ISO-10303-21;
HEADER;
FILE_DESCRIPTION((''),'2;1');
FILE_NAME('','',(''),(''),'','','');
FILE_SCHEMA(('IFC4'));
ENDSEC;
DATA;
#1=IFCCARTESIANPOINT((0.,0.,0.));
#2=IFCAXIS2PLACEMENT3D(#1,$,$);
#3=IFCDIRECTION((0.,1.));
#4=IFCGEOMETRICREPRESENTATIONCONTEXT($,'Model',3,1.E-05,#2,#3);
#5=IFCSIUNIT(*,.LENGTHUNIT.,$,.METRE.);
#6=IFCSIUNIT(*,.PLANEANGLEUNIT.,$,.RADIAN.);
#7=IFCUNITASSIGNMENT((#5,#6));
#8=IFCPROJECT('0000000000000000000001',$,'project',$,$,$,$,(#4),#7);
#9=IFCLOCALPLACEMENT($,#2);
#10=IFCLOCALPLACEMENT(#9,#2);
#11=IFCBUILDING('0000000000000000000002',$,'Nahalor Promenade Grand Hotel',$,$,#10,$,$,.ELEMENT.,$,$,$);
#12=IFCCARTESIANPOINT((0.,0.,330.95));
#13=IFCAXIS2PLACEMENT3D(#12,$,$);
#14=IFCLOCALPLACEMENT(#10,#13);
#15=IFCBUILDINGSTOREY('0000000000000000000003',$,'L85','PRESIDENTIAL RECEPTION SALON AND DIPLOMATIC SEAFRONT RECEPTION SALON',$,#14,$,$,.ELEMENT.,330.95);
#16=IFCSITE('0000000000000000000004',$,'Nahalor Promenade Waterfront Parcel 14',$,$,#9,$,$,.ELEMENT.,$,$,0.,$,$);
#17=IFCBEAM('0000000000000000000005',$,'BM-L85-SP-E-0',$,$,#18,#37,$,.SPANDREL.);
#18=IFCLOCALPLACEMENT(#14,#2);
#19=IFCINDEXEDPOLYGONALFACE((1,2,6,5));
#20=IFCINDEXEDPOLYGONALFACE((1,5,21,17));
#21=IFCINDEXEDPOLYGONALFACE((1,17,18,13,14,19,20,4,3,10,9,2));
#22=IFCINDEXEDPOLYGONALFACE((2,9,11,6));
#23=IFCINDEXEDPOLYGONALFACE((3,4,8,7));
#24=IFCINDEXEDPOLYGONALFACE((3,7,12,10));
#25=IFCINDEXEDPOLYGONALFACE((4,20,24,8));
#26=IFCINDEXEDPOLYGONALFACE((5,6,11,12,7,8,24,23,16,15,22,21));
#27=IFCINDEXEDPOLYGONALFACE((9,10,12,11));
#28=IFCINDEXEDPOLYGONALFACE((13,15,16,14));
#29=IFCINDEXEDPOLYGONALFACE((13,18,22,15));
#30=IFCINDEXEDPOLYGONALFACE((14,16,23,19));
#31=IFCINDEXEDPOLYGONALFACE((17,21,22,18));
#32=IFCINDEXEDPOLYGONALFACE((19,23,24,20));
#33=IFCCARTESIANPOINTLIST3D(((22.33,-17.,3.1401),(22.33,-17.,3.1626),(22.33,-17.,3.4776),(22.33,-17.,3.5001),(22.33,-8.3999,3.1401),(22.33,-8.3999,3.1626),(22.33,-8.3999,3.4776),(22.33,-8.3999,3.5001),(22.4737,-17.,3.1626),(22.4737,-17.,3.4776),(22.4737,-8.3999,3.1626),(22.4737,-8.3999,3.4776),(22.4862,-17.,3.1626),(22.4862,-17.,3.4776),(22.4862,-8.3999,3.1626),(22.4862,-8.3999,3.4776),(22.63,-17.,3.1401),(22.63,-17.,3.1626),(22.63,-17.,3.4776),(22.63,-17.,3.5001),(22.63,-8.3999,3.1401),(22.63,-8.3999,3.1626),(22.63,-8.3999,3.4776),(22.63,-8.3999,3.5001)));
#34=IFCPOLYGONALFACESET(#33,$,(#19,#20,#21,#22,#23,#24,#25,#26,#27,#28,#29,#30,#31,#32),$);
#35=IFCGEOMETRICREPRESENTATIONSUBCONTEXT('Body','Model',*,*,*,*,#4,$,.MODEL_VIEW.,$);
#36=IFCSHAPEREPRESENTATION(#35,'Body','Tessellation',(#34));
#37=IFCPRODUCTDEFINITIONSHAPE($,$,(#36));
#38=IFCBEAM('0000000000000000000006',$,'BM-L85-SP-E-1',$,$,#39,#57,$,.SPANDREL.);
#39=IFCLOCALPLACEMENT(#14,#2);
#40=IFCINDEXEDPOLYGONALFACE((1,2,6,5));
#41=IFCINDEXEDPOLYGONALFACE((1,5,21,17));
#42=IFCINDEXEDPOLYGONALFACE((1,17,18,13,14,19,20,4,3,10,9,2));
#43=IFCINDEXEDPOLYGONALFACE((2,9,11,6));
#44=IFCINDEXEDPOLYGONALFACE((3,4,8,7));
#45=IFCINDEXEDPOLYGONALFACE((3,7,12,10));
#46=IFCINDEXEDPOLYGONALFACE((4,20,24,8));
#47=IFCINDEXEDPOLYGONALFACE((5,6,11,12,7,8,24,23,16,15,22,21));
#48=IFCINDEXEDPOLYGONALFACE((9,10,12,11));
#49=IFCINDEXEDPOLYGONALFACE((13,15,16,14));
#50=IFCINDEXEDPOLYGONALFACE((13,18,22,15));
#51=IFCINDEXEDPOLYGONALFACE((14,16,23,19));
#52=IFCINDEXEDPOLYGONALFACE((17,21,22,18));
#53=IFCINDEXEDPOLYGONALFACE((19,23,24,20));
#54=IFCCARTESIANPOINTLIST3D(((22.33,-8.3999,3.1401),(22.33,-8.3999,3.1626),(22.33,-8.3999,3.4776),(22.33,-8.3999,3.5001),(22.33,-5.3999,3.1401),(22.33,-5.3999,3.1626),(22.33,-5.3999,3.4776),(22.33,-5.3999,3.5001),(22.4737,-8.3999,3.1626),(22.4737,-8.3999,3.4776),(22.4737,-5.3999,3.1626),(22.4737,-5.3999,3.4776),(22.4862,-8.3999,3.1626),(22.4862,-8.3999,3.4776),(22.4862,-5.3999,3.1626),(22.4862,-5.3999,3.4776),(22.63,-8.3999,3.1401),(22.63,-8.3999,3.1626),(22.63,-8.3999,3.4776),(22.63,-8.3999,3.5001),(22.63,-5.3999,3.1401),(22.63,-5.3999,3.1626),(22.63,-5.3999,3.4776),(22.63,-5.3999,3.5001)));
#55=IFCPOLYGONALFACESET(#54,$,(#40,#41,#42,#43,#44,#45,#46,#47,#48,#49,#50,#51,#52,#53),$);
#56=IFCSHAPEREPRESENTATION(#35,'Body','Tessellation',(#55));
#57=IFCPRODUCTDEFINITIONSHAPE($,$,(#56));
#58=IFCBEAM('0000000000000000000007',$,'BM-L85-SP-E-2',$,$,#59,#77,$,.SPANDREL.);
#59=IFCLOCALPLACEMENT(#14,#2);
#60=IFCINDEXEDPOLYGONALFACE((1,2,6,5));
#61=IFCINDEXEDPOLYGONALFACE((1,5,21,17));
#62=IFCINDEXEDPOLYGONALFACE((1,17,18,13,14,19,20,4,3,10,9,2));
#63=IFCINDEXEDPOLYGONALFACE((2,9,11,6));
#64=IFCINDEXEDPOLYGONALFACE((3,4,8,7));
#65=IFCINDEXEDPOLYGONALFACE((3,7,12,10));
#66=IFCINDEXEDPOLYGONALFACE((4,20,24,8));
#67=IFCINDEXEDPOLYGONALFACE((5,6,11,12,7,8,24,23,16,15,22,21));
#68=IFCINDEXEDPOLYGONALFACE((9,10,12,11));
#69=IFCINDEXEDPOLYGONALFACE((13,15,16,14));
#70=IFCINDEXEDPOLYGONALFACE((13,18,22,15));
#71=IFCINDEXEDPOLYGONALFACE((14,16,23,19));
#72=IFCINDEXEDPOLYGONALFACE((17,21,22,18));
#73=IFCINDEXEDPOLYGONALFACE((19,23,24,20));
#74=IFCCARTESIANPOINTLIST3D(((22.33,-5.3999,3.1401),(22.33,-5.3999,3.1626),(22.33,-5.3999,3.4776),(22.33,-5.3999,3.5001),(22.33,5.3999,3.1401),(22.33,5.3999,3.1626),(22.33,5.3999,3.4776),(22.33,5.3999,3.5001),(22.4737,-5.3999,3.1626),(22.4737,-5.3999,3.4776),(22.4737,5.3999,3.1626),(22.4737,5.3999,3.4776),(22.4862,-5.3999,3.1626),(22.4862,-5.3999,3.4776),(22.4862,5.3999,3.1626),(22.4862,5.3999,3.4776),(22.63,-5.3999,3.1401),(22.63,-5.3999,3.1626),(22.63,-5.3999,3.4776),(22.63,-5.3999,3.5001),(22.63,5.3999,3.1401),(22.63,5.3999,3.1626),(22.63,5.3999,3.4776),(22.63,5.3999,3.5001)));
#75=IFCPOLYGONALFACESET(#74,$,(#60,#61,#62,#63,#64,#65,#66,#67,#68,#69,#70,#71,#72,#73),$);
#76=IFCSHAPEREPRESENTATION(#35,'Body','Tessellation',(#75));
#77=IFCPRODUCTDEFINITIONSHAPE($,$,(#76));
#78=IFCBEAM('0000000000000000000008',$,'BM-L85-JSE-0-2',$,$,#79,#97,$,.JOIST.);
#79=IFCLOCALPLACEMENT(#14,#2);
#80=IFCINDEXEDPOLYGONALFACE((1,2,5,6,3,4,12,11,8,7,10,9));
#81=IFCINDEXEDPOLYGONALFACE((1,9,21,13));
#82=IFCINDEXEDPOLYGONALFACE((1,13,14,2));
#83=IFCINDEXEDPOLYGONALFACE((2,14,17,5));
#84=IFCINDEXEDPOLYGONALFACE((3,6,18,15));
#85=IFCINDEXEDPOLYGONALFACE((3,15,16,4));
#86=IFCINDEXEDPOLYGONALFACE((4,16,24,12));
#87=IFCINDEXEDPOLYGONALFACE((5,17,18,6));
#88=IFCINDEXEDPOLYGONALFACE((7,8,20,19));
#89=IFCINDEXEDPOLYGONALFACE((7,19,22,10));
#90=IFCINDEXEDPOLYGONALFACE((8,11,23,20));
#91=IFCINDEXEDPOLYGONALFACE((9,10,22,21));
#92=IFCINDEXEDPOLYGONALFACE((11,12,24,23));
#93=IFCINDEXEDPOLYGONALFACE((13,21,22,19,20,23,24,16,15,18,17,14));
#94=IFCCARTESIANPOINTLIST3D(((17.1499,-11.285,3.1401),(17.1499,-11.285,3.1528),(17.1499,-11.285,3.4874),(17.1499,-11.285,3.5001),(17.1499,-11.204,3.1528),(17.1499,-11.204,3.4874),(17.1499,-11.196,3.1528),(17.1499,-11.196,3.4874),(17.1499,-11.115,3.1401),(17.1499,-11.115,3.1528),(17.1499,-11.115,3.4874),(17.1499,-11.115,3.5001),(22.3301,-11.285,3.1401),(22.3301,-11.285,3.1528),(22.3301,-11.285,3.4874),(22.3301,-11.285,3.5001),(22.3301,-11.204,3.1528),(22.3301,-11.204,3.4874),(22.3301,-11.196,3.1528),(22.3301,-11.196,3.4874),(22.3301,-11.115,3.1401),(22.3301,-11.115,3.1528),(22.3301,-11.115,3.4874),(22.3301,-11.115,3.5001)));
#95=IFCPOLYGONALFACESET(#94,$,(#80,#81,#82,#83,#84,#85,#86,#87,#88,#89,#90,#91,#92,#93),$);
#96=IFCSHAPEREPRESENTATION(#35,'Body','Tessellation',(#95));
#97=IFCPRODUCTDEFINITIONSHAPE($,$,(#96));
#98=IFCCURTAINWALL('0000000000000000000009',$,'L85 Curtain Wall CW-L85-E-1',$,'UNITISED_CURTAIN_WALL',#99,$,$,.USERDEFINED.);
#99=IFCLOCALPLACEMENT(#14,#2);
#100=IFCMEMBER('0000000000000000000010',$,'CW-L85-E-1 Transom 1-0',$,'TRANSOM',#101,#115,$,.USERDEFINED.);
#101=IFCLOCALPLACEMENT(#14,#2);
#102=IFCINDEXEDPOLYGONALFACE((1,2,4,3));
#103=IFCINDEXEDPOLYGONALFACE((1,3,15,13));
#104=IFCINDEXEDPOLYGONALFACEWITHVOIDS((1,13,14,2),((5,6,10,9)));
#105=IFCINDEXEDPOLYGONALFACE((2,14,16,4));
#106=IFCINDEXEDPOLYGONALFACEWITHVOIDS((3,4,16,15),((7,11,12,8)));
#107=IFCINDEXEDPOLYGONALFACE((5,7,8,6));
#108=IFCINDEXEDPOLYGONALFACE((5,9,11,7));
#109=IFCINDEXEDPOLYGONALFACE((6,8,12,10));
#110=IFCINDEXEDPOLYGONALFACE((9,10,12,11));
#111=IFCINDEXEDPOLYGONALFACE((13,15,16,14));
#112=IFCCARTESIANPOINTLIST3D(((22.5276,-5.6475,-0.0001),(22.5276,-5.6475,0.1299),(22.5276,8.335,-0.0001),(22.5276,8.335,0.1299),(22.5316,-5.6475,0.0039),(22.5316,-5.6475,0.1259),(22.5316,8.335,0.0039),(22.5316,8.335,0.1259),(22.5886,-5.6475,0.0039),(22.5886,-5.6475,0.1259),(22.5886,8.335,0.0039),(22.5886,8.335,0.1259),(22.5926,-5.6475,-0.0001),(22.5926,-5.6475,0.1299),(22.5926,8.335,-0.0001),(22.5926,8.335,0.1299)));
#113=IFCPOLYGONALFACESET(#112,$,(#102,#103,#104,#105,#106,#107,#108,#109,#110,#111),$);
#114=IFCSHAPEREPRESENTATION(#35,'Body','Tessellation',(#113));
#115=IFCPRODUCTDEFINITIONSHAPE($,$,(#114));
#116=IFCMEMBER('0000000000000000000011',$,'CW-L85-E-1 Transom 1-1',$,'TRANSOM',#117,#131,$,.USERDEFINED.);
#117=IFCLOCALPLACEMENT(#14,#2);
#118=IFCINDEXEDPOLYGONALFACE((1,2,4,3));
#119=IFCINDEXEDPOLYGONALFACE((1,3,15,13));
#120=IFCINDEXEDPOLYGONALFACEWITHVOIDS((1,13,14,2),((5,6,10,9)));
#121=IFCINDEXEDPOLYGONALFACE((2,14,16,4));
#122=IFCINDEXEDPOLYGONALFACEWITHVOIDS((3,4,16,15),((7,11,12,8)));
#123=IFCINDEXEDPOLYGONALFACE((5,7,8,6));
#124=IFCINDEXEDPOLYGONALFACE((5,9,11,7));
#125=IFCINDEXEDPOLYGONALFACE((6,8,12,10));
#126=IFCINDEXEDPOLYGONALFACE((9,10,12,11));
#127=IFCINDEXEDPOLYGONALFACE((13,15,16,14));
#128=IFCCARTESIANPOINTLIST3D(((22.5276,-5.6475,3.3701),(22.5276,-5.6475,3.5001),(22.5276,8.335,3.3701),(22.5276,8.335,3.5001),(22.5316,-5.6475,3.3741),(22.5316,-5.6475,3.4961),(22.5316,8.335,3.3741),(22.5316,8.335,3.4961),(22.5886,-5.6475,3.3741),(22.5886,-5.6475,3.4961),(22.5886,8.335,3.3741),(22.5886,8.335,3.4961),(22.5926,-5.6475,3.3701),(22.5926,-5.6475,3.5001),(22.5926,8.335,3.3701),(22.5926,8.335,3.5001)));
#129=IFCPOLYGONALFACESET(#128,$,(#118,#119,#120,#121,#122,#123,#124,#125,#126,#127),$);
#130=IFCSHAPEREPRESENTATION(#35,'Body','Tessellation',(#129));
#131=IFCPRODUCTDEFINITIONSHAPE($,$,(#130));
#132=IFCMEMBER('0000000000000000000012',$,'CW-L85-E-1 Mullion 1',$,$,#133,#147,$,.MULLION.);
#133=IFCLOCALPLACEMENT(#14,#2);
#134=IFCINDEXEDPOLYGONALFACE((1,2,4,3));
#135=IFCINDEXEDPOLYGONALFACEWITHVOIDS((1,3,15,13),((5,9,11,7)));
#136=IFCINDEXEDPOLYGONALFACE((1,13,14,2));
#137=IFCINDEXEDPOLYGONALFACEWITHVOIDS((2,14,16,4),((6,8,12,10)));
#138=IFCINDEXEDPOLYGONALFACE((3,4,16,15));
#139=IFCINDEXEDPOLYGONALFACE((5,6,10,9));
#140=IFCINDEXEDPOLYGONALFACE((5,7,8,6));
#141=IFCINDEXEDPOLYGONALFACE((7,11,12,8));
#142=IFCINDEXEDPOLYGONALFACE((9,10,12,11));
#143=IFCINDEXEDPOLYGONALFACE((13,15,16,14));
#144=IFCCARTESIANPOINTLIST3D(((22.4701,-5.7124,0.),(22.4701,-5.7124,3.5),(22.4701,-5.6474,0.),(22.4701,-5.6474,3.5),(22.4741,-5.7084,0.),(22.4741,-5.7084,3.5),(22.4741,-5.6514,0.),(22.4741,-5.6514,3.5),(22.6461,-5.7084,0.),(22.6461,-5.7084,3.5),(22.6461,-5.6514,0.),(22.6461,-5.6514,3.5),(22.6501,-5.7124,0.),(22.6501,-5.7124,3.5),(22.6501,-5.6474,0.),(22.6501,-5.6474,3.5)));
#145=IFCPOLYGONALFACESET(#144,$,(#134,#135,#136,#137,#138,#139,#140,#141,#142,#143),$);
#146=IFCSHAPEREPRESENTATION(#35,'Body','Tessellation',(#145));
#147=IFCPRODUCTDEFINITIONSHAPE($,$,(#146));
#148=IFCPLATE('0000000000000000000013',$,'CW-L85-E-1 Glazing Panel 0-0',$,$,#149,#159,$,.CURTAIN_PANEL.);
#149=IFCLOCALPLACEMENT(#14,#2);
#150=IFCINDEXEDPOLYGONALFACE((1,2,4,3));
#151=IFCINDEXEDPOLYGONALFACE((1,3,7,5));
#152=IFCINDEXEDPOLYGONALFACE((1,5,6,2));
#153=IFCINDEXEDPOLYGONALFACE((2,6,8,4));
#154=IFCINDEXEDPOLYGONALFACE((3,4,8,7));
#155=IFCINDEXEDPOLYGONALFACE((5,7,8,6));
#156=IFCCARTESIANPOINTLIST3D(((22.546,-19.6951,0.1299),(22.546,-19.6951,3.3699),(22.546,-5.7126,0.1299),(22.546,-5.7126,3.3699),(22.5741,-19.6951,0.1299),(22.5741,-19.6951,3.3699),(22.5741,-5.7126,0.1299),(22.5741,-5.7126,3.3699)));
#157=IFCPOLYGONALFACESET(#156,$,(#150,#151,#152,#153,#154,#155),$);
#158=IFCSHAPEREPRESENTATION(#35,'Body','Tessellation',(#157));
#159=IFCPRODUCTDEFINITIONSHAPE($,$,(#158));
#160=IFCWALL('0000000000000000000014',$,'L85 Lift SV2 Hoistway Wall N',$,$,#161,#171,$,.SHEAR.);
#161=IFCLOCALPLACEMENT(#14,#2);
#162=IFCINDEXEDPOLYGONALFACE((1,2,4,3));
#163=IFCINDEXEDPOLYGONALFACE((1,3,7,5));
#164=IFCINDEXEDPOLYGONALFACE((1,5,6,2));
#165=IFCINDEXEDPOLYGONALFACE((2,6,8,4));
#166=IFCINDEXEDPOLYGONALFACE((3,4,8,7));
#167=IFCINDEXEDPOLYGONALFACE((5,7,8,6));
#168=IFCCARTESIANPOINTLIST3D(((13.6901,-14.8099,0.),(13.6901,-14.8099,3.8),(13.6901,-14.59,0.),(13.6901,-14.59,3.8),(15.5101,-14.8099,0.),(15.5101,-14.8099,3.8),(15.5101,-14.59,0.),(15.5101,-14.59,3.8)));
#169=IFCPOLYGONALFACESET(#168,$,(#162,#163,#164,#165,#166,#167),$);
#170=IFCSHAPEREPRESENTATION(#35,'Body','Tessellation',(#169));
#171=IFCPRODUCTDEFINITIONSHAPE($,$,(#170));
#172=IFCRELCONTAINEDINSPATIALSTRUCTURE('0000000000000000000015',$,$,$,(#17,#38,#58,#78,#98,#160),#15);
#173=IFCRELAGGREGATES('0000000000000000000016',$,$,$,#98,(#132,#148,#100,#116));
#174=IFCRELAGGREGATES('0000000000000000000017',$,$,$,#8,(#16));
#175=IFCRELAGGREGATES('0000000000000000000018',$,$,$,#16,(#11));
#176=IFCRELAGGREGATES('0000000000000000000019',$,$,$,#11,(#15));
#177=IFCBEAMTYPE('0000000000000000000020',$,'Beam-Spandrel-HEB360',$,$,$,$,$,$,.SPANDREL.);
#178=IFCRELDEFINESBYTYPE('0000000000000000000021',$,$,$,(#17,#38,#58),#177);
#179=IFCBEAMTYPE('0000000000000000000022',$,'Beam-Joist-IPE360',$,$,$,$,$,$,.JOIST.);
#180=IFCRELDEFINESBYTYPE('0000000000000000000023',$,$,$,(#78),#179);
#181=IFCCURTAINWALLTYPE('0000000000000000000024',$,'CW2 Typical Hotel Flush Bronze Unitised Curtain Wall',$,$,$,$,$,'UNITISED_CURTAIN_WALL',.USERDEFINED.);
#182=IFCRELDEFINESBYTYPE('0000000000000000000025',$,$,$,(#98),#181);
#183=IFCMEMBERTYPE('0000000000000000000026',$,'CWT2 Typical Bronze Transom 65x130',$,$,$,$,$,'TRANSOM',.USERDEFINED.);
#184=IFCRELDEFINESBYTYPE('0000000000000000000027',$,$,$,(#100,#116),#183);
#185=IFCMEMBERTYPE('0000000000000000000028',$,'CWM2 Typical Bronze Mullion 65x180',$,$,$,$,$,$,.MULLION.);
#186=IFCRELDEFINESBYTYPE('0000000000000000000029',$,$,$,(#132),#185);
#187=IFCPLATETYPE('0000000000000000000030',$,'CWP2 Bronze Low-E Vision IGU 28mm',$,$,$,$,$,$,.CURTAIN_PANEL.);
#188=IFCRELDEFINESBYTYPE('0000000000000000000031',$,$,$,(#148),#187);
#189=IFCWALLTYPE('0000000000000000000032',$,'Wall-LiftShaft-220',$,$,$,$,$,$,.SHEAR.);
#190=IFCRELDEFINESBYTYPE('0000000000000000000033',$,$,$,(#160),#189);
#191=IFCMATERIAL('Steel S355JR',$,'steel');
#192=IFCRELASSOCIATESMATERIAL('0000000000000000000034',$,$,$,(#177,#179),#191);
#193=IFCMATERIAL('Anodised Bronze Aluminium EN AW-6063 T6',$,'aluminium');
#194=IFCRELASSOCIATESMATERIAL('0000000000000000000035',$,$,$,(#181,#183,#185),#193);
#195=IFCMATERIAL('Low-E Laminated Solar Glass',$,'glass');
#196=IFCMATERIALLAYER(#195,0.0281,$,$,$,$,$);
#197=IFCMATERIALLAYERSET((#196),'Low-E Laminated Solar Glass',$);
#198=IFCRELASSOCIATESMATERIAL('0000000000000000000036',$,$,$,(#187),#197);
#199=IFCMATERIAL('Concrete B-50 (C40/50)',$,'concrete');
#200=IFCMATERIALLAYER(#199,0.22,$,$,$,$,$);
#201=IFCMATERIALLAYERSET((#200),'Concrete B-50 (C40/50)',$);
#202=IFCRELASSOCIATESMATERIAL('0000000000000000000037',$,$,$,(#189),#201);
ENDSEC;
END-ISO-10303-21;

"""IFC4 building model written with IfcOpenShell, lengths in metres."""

from ifc_helpers import new_model, si_unit, direction, frame, frame_2d, origin, origin_2d, place, context, subcontext, project, spatial, rectangle, hollow_rectangle, i_section, extrude, source, transform, mapped, material, layer, layer_set, material_profile, profile_set, type_object, element, aggregate, save


model = new_model("IFC4")

# Units and contexts
model_context = context("Model", 3, precision=1e-05, world=origin(), true_north=direction((0.0, 1.0)))
body_context = subcontext(model_context, "Body", "Model", "MODEL_VIEW")
ifc_project = project(units=[si_unit("LENGTHUNIT", "METRE"), si_unit("PLANEANGLEUNIT", "RADIAN")], contexts=[model_context])

# Site, building, storey
site_placement = place(None, origin())
site = spatial("IfcSite", under=ifc_project, at=site_placement, Name="Nahalor Promenade Waterfront Parcel 14", CompositionType="ELEMENT", RefElevation=0.0)
building_placement = place(site_placement, origin())
building = spatial("IfcBuilding", under=site, at=building_placement, Name="Nahalor Promenade Grand Hotel", CompositionType="ELEMENT")
storey_placement = place(building_placement, frame((0.0, 0.0, 330.95)))
storey = spatial("IfcBuildingStorey", under=building, at=storey_placement, Name="L85", Description="PRESIDENTIAL RECEPTION SALON AND DIPLOMATIC SEAFRONT RECEPTION SALON", CompositionType="ELEMENT", Elevation=330.95)

# Shared definitions
ifc_material_1 = material(Name="Steel S355JR", Category="steel")

# Beams
ifc_material_profile_1 = material_profile(ifc_material_1, i_section(OverallWidth=0.3, OverallDepth=0.36, WebThickness=0.0125, FlangeThickness=0.0225, at=origin_2d()), Name="HEB 360")
ifc_profile_set_1 = profile_set([ifc_material_profile_1], Name="Steel S355JR")
beam_type_1 = type_object("IfcBeamType", Name="Beam-Spandrel-HEB360", PredefinedType="SPANDREL", material=ifc_profile_set_1)
shared_shape_1 = source(origin(), body_context, "Body", "SweptSolid", [
    extrude(i_section(OverallWidth=0.3, OverallDepth=0.36, WebThickness=0.0125, FlangeThickness=0.0225, at=origin_2d()), origin(), (0.0, 0.0, 1.0), 8.6001),
])
beam_1_placement = place(storey_placement, frame((22.48, -17.0, 3.3201), z_axis=(0.0, 1.0, 0.0), x_axis=(-1.0, 0.0, 0.0)))
element("IfcBeam", 1, at=beam_1_placement, inside=storey, type_object=beam_type_1, Name="BM-L85-SP-E-0", PredefinedType="SPANDREL", context=body_context, shape_type="MappedRepresentation", body=[
    mapped(shared_shape_1, transform((0.0, 0.0, 0.0), scale=1.0)),
])
shared_shape_2 = source(origin(), body_context, "Body", "SweptSolid", [
    extrude(i_section(OverallWidth=0.3, OverallDepth=0.36, WebThickness=0.0125, FlangeThickness=0.0225, at=origin_2d()), origin(), (0.0, 0.0, 1.0), 3.0),
])
beam_2_placement = place(storey_placement, frame((22.48, -8.3999, 3.3201), z_axis=(0.0, 1.0, 0.0), x_axis=(-1.0, 0.0, 0.0)))
element("IfcBeam", 2, at=beam_2_placement, inside=storey, type_object=beam_type_1, Name="BM-L85-SP-E-1", PredefinedType="SPANDREL", context=body_context, shape_type="MappedRepresentation", body=[
    mapped(shared_shape_2, transform((0.0, 0.0, 0.0), scale=1.0)),
])
shared_shape_3 = source(origin(), body_context, "Body", "SweptSolid", [
    extrude(i_section(OverallWidth=0.3, OverallDepth=0.36, WebThickness=0.0125, FlangeThickness=0.0225, at=origin_2d()), origin(), (0.0, 0.0, 1.0), 10.7998),
])
beam_3_placement = place(storey_placement, frame((22.48, -5.3999, 3.3201), z_axis=(0.0, 1.0, 0.0), x_axis=(-1.0, 0.0, 0.0)))
element("IfcBeam", 3, at=beam_3_placement, inside=storey, type_object=beam_type_1, Name="BM-L85-SP-E-2", PredefinedType="SPANDREL", context=body_context, shape_type="MappedRepresentation", body=[
    mapped(shared_shape_3, transform((0.0, 0.0, 0.0), scale=1.0)),
])
ifc_material_profile_2 = material_profile(ifc_material_1, i_section(OverallWidth=0.17, OverallDepth=0.36, WebThickness=0.008, FlangeThickness=0.0127, at=origin_2d()), Name="IPE 360")
ifc_profile_set_2 = profile_set([ifc_material_profile_2], Name="Steel S355JR")
beam_type_2 = type_object("IfcBeamType", Name="Beam-Joist-IPE360", PredefinedType="JOIST", material=ifc_profile_set_2)
shared_shape_4 = source(origin(), body_context, "Body", "SweptSolid", [
    extrude(i_section(OverallWidth=0.17, OverallDepth=0.36, WebThickness=0.008, FlangeThickness=0.0127, at=origin_2d()), origin(), (0.0, 0.0, 1.0), 5.1802),
])
beam_4_placement = place(storey_placement, frame((17.1499, -11.2, 3.3201), z_axis=(1.0, 0.0, 0.0), x_axis=(0.0, 1.0, 0.0)))
element("IfcBeam", 4, at=beam_4_placement, inside=storey, type_object=beam_type_2, Name="BM-L85-JSE-0-2", PredefinedType="JOIST", context=body_context, shape_type="MappedRepresentation", body=[
    mapped(shared_shape_4, transform((0.0, 0.0, 0.0), scale=1.0)),
])

# Curtain wall, members, plate
ifc_material_2 = material(Name="Anodised Bronze Aluminium EN AW-6063 T6", Category="aluminium")
curtain_wall_type = type_object("IfcCurtainWallType", Name="CW2 Typical Hotel Flush Bronze Unitised Curtain Wall", ElementType="UNITISED_CURTAIN_WALL", PredefinedType="USERDEFINED", material=ifc_material_2)
curtain_wall_placement = place(storey_placement, origin())
curtain_wall = element("IfcCurtainWall", 5, at=curtain_wall_placement, inside=storey, type_object=curtain_wall_type, Name="L85 Curtain Wall CW-L85-E-1", ObjectType="UNITISED_CURTAIN_WALL", PredefinedType="USERDEFINED")
ifc_material_profile_3 = material_profile(ifc_material_2, hollow_rectangle(XDim=0.065, YDim=0.13, WallThickness=0.004, at=origin_2d()), Name="CWT 65x130x4")
ifc_profile_set_3 = profile_set([ifc_material_profile_3], Name="Anodised Bronze Aluminium EN AW-6063 T6")
member_type_1 = type_object("IfcMemberType", Name="CWT2 Typical Bronze Transom 65x130", ElementType="TRANSOM", PredefinedType="USERDEFINED", material=ifc_profile_set_3)
shared_shape_5 = source(origin(), body_context, "Body", "SweptSolid", [
    extrude(hollow_rectangle(XDim=0.065, YDim=0.13, WallThickness=0.004, at=origin_2d()), origin(), (0.0, 0.0, 1.0), 13.9824),
])
member_1_placement = place(storey_placement, frame((22.5601, -5.6475, 0.0649), z_axis=(0.0, 1.0, 0.0), x_axis=(-1.0, 0.0, 0.0)))
member_1 = element("IfcMember", 6, at=member_1_placement, type_object=member_type_1, Name="CW-L85-E-1 Transom 1-0", ObjectType="TRANSOM", PredefinedType="USERDEFINED", context=body_context, shape_type="MappedRepresentation", body=[
    mapped(shared_shape_5, transform((0.0, 0.0, 0.0), scale=1.0)),
])
member_2_placement = place(storey_placement, frame((22.5601, -5.6475, 3.4351), z_axis=(0.0, 1.0, 0.0), x_axis=(-1.0, 0.0, 0.0)))
member_2 = element("IfcMember", 7, at=member_2_placement, type_object=member_type_1, Name="CW-L85-E-1 Transom 1-1", ObjectType="TRANSOM", PredefinedType="USERDEFINED", context=body_context, shape_type="MappedRepresentation", body=[
    mapped(shared_shape_5, transform((0.0, 0.0, 0.0), scale=1.0)),
])
ifc_material_profile_4 = material_profile(ifc_material_2, hollow_rectangle(XDim=0.065, YDim=0.18, WallThickness=0.004, at=origin_2d()), Name="CWM 65x180x4")
ifc_profile_set_4 = profile_set([ifc_material_profile_4], Name="Anodised Bronze Aluminium EN AW-6063 T6")
member_type_2 = type_object("IfcMemberType", Name="CWM2 Typical Bronze Mullion 65x180", PredefinedType="MULLION", material=ifc_profile_set_4)
shared_shape_6 = source(origin(), body_context, "Body", "SweptSolid", [
    extrude(hollow_rectangle(XDim=0.065, YDim=0.18, WallThickness=0.004, at=origin_2d()), origin(), (0.0, 0.0, 1.0), 3.5),
])
member_3_placement = place(storey_placement, frame((22.5601, -5.6799, 0.0), z_axis=(0.0, 0.0, 1.0), x_axis=(0.0, 1.0, 0.0)))
member_3 = element("IfcMember", 8, at=member_3_placement, type_object=member_type_2, Name="CW-L85-E-1 Mullion 1", PredefinedType="MULLION", context=body_context, shape_type="MappedRepresentation", body=[
    mapped(shared_shape_6, transform((0.0, 0.0, 0.0), scale=1.0)),
])
ifc_material_3 = material(Name="Low-E Laminated Solar Glass", Category="glass")
ifc_layer_1 = layer(ifc_material_3, 0.0281)
ifc_layer_set_1 = layer_set([ifc_layer_1], Name="Low-E Laminated Solar Glass")
plate_type = type_object("IfcPlateType", Name="CWP2 Bronze Low-E Vision IGU 28mm", PredefinedType="CURTAIN_PANEL", material=ifc_layer_set_1)
shared_shape_7 = source(origin(), body_context, "Body", "SweptSolid", [
    extrude(rectangle(XDim=13.9824, YDim=0.0281, at=origin_2d()), origin(), (0.0, 0.0, 1.0), 3.24),
])
plate_placement = place(storey_placement, frame((22.5601, -12.7039, 0.1299), z_axis=(0.0, 0.0, 1.0), x_axis=(0.0, 1.0, 0.0)))
plate = element("IfcPlate", 9, at=plate_placement, type_object=plate_type, Name="CW-L85-E-1 Glazing Panel 0-0", PredefinedType="CURTAIN_PANEL", context=body_context, shape_type="MappedRepresentation", body=[
    mapped(shared_shape_7, transform((0.0, 0.0, 0.0), scale=1.0)),
])
aggregate(curtain_wall, [member_3, plate, member_1, member_2])

# Wall
ifc_material_4 = material(Name="Concrete B-50 (C40/50)", Category="concrete")
ifc_layer_2 = layer(ifc_material_4, 0.22)
ifc_layer_set_2 = layer_set([ifc_layer_2], Name="Concrete B-50 (C40/50)")
wall_type_1 = type_object("IfcWallType", Name="Wall-LiftShaft-220", PredefinedType="SHEAR", material=ifc_layer_set_2)
shared_shape_8 = source(origin(), body_context, "Body", "SweptSolid", [
    extrude(rectangle(XDim=1.8201, YDim=0.22, at=frame_2d((0.9102, 0.0))), origin(), (0.0, 0.0, 1.0), 3.8),
])
wall_1_placement = place(storey_placement, frame((13.6899, -14.7, 0.0), z_axis=(0.0, 0.0, 1.0), x_axis=(1.0, 0.0, 0.0)))
element("IfcWall", 10, at=wall_1_placement, inside=storey, type_object=wall_type_1, Name="L85 Lift SV2 Hoistway Wall N", PredefinedType="SHEAR", context=body_context, shape_type="MappedRepresentation", body=[
    mapped(shared_shape_8, transform((0.0, 0.0, 0.0), scale=1.0)),
])

save(model, "model.ifc")
